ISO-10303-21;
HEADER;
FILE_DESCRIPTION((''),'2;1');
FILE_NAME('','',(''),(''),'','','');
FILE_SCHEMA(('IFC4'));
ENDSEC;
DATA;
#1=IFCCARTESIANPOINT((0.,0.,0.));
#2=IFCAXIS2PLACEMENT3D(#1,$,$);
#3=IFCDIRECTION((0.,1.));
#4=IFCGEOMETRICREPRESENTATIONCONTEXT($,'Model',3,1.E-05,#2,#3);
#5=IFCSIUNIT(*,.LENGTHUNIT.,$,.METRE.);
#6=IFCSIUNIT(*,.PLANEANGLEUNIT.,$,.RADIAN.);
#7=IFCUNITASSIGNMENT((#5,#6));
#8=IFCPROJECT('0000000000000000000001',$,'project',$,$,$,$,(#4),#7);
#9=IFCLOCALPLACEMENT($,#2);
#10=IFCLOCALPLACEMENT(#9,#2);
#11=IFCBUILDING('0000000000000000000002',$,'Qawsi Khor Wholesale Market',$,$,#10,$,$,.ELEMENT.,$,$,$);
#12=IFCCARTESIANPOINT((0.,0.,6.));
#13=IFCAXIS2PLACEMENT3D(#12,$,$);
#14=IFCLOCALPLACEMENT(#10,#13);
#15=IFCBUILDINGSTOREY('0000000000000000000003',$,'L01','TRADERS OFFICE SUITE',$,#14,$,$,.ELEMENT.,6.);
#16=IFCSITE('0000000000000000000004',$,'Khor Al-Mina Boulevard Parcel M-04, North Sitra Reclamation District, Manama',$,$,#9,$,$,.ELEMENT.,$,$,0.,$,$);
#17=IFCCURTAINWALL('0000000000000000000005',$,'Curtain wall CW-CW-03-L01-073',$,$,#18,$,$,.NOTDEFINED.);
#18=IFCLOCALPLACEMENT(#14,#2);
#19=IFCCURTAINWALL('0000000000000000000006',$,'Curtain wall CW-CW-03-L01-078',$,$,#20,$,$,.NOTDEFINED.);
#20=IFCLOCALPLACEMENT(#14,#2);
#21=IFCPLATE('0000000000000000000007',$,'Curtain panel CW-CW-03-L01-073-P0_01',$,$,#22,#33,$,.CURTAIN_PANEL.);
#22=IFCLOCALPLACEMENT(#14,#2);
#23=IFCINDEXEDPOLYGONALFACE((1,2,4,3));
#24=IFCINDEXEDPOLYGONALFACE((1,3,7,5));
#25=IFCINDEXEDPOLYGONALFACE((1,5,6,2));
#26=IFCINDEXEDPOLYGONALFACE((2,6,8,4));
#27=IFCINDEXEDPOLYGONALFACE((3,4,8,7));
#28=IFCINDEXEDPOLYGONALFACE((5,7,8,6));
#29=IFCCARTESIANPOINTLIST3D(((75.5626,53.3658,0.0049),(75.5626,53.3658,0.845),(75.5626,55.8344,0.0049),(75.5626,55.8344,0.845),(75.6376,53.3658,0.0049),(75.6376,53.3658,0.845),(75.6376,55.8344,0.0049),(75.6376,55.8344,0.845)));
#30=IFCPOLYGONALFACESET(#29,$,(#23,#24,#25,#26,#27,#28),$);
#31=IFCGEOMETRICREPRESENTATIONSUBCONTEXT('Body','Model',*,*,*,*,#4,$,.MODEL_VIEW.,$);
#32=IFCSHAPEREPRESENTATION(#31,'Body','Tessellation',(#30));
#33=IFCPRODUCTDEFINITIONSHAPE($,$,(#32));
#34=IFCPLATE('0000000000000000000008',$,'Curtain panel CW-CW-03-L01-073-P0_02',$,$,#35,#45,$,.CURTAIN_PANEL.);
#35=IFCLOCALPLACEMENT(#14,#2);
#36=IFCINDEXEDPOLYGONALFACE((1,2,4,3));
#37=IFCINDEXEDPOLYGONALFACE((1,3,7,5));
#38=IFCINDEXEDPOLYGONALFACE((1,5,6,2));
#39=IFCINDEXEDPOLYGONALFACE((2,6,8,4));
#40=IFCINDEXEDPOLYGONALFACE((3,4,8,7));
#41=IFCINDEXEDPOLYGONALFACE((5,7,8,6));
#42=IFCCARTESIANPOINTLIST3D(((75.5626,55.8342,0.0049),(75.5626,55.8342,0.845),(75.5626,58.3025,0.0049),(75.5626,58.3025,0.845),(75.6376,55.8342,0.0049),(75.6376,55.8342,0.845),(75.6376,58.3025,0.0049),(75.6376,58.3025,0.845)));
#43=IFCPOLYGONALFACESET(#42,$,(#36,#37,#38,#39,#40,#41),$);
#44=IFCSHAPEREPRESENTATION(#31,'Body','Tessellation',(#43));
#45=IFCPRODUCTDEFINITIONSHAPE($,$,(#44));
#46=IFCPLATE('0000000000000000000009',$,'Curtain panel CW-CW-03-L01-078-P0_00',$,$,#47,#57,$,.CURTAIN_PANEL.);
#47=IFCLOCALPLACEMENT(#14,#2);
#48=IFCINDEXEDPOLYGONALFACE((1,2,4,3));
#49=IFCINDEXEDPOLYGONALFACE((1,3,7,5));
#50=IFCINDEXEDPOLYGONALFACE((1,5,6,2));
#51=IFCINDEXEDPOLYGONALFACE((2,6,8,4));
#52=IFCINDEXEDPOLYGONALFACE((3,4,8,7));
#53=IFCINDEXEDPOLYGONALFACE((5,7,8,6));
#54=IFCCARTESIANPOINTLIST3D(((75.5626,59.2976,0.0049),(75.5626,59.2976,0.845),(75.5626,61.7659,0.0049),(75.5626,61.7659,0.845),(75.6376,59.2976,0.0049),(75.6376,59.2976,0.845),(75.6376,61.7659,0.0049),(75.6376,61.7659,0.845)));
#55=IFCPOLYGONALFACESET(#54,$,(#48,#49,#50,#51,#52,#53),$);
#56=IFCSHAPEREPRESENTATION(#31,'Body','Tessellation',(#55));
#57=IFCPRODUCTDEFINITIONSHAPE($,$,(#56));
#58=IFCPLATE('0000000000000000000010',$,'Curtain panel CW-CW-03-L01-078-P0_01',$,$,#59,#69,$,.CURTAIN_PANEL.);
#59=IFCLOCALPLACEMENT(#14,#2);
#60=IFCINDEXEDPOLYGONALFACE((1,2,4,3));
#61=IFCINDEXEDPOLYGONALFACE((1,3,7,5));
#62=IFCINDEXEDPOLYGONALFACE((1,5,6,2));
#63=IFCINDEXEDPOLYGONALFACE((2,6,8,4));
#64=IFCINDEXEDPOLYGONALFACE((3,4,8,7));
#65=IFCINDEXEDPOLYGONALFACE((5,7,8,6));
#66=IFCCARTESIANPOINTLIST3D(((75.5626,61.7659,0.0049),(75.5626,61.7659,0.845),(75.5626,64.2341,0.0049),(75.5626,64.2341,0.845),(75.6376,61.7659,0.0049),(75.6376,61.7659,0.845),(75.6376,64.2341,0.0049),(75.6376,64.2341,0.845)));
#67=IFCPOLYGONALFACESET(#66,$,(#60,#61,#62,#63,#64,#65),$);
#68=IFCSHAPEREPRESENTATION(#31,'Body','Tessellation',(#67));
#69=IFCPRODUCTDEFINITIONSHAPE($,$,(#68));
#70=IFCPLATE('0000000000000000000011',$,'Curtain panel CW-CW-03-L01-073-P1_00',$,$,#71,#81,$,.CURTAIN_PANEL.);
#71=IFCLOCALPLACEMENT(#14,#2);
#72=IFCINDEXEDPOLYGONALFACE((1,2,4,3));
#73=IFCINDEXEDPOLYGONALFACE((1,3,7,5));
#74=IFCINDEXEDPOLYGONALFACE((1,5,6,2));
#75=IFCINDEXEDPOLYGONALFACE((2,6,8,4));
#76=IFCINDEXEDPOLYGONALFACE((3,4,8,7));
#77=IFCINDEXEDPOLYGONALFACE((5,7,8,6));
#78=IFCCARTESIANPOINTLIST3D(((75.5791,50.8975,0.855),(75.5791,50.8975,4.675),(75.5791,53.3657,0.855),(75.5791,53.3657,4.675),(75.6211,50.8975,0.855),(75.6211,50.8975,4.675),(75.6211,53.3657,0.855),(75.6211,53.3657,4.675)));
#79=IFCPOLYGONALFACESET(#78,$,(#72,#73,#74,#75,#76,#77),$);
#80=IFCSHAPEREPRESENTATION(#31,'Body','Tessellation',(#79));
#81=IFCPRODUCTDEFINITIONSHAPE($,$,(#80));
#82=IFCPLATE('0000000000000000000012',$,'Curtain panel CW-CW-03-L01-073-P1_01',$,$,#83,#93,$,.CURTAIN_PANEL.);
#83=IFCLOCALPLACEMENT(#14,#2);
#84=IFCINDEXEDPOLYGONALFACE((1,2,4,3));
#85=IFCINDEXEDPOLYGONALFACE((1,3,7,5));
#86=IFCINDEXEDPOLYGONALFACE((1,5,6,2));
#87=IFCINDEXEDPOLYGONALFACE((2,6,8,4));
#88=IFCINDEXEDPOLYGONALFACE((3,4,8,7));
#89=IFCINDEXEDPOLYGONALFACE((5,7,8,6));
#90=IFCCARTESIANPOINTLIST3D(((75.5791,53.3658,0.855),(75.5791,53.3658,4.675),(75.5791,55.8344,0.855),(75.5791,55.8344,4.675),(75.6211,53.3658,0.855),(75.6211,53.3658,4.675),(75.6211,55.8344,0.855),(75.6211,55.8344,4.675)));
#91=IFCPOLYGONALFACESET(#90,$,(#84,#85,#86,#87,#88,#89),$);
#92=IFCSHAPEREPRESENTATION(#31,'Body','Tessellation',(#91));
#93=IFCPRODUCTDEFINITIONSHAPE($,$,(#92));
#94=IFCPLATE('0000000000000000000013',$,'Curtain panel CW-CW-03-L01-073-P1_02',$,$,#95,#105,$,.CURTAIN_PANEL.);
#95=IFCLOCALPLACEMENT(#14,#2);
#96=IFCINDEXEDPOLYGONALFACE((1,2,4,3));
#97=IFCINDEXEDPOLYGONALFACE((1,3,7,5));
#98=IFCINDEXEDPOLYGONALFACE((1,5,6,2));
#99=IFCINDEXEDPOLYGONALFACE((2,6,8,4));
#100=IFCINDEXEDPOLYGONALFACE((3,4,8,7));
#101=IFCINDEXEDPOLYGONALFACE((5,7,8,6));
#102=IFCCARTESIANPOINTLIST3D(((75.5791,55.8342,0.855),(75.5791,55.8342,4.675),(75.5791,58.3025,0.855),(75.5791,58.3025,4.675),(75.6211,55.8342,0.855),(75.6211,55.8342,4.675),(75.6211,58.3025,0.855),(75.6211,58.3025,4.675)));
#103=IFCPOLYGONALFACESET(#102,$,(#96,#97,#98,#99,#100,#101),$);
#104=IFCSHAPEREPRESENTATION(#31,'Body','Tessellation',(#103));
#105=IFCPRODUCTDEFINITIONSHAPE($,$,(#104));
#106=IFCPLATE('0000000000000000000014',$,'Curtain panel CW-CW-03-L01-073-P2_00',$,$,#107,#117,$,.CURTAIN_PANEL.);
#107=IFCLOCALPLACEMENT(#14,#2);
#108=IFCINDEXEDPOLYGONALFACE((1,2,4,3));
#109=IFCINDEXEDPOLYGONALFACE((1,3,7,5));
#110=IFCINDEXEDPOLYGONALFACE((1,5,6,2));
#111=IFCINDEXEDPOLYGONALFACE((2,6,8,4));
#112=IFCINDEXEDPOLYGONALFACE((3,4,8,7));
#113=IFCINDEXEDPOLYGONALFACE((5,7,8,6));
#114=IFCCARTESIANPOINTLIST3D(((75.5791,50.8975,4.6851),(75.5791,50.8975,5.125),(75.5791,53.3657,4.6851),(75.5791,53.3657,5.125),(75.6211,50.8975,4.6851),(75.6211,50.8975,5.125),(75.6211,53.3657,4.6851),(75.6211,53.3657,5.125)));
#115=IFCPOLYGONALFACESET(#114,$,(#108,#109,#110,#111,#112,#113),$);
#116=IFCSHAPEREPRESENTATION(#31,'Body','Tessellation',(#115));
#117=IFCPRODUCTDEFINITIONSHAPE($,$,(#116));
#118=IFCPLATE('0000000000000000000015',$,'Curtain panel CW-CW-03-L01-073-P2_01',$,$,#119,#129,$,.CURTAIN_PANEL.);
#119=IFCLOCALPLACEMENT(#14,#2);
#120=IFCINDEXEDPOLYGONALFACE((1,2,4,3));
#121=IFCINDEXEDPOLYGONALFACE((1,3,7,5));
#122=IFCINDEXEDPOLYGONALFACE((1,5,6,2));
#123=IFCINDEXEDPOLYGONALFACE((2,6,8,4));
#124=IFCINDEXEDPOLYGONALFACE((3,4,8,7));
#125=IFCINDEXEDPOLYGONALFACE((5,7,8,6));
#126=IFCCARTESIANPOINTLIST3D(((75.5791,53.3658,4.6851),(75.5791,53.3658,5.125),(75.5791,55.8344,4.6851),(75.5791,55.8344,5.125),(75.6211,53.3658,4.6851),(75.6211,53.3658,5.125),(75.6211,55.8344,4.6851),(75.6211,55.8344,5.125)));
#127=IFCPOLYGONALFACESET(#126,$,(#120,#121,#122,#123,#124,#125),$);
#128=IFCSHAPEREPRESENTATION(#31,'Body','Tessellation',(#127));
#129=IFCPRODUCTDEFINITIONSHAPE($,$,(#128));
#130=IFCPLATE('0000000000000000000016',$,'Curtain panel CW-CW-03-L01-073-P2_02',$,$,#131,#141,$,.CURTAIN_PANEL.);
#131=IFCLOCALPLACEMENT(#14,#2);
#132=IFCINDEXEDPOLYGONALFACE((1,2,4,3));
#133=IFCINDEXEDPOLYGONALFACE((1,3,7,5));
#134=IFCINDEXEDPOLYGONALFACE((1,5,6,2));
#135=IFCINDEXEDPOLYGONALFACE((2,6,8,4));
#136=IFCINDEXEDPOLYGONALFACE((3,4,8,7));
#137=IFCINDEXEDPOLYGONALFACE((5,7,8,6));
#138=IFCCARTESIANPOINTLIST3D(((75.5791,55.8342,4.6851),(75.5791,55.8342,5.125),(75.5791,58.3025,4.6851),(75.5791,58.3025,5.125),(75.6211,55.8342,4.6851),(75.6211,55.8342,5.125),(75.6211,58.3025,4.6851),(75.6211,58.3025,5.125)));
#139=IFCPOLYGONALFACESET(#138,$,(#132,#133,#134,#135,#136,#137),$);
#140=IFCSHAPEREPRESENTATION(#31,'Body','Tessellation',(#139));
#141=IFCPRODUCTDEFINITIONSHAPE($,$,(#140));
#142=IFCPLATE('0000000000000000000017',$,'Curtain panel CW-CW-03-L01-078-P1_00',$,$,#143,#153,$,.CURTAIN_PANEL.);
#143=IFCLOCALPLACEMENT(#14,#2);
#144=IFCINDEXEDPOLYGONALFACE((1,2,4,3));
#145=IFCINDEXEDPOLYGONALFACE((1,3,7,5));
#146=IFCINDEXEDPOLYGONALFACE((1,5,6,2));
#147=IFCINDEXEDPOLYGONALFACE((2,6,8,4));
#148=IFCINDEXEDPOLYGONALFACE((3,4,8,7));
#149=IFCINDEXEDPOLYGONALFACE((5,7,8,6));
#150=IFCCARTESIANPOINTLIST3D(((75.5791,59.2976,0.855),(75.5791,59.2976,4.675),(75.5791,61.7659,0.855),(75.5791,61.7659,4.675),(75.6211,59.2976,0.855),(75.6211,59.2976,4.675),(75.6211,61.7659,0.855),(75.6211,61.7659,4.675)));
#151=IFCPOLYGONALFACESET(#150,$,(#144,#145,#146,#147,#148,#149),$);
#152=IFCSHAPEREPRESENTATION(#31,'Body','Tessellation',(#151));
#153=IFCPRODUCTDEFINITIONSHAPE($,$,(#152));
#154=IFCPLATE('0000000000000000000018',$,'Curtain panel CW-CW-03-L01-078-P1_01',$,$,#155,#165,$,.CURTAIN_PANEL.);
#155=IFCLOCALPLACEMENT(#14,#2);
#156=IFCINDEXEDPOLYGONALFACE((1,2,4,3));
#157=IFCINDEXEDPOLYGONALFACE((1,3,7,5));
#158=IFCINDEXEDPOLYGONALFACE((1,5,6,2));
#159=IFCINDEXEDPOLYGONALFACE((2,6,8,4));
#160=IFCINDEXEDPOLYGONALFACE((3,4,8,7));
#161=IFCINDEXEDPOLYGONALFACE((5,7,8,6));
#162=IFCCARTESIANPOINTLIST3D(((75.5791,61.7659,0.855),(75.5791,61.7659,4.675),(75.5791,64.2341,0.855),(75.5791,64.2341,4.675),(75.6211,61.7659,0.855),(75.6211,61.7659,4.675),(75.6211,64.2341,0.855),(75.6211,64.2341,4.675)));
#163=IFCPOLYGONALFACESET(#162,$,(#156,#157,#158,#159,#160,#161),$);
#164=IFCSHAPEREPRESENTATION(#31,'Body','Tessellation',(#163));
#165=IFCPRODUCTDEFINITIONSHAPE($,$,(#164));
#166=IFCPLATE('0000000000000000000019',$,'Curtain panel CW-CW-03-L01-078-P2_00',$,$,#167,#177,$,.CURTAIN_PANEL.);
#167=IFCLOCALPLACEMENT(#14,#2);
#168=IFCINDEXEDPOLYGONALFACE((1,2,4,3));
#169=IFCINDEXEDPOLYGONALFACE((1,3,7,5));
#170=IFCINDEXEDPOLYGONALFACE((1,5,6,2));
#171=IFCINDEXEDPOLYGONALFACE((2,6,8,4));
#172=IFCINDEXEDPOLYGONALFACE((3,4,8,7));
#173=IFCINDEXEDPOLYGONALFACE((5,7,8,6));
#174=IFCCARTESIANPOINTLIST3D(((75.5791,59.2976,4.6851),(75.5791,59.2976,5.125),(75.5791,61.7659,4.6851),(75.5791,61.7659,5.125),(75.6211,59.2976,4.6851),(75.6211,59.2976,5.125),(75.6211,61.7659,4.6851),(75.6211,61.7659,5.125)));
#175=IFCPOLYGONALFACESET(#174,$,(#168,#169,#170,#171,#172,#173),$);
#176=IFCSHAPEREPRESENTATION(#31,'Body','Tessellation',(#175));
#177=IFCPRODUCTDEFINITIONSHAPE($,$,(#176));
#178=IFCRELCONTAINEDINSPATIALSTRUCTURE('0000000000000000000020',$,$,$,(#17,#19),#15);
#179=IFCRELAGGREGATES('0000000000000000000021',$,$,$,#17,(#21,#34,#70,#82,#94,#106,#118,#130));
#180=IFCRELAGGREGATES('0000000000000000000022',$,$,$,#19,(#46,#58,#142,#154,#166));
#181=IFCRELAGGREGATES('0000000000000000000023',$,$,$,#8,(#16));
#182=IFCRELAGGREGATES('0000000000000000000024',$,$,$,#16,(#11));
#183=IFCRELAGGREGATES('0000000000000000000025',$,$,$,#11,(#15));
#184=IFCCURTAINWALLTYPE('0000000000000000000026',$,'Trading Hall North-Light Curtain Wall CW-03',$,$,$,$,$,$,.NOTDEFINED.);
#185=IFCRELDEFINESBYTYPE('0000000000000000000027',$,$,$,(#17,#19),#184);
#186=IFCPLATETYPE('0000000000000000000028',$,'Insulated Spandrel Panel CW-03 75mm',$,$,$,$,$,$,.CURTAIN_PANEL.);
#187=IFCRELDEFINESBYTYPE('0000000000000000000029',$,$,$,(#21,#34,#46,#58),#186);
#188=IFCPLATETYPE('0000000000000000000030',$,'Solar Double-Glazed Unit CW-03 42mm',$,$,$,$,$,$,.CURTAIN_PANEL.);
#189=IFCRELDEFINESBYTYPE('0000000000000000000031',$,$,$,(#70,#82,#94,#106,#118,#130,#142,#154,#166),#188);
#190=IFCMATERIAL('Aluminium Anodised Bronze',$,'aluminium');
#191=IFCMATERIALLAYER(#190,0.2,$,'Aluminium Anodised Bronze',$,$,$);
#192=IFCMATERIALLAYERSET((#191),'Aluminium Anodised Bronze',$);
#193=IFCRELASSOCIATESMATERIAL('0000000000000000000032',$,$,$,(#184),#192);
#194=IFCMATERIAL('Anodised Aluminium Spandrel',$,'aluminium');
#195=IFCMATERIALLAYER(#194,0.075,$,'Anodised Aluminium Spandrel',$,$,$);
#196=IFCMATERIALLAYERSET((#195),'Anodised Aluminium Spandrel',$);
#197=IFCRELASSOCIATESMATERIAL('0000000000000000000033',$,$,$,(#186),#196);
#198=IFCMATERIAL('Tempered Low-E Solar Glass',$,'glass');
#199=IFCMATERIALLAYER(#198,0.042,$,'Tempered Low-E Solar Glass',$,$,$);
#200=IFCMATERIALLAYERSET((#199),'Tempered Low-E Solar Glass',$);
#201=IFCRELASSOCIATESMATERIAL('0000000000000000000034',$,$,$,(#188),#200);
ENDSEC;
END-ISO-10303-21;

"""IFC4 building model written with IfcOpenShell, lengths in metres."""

from ifc_helpers import new_model, si_unit, direction, frame, frame_2d, origin, place, context, subcontext, project, spatial, rectangle, extrude, material, layer, layer_set, type_object, element, aggregate, save


model = new_model("IFC4")

# Units and contexts
model_context = context("Model", 3, precision=1e-05, world=origin(), true_north=direction((0.0, 1.0)))
body_context = subcontext(model_context, "Body", "Model", "MODEL_VIEW")
ifc_project = project(units=[si_unit("LENGTHUNIT", "METRE"), si_unit("PLANEANGLEUNIT", "RADIAN")], contexts=[model_context])

# Site, building, storey
site_placement = place(None, origin())
site = spatial("IfcSite", under=ifc_project, at=site_placement, Name="Khor Al-Mina Boulevard Parcel M-04, North Sitra Reclamation District, Manama", CompositionType="ELEMENT", RefElevation=0.0)
building_placement = place(site_placement, origin())
building = spatial("IfcBuilding", under=site, at=building_placement, Name="Qawsi Khor Wholesale Market", CompositionType="ELEMENT")
storey_placement = place(building_placement, frame((0.0, 0.0, 6.0)))
storey = spatial("IfcBuildingStorey", under=building, at=storey_placement, Name="L01", Description="TRADERS OFFICE SUITE", CompositionType="ELEMENT", Elevation=6.0)

# Curtain walls
ifc_material_1 = material(Name="Aluminium Anodised Bronze", Category="aluminium")
ifc_layer_1 = layer(ifc_material_1, 0.2, Name="Aluminium Anodised Bronze")
ifc_layer_set_1 = layer_set([ifc_layer_1], Name="Aluminium Anodised Bronze")
curtain_wall_type = type_object("IfcCurtainWallType", Name="Trading Hall North-Light Curtain Wall CW-03", PredefinedType="NOTDEFINED", material=ifc_layer_set_1)
curtain_wall_1_placement = place(storey_placement, origin())
curtain_wall_1 = element("IfcCurtainWall", 1, at=curtain_wall_1_placement, inside=storey, type_object=curtain_wall_type, Name="Curtain wall CW-CW-03-L01-073", PredefinedType="NOTDEFINED")
curtain_wall_2_placement = place(storey_placement, origin())
curtain_wall_2 = element("IfcCurtainWall", 2, at=curtain_wall_2_placement, inside=storey, type_object=curtain_wall_type, Name="Curtain wall CW-CW-03-L01-078", PredefinedType="NOTDEFINED")

# Plates
ifc_material_2 = material(Name="Anodised Aluminium Spandrel", Category="aluminium")
ifc_layer_2 = layer(ifc_material_2, 0.075, Name="Anodised Aluminium Spandrel")
ifc_layer_set_2 = layer_set([ifc_layer_2], Name="Anodised Aluminium Spandrel")
plate_type_1 = type_object("IfcPlateType", Name="Insulated Spandrel Panel CW-03 75mm", PredefinedType="CURTAIN_PANEL", material=ifc_layer_set_2)
plate_1_placement = place(storey_placement, frame((75.6001, 53.3657, 0.0049), z_axis=(0.0, 0.0, 1.0), x_axis=(0.0, 1.0, 0.0)))
plate_1 = element("IfcPlate", 3, at=plate_1_placement, type_object=plate_type_1, Name="Curtain panel CW-CW-03-L01-073-P0_01", PredefinedType="CURTAIN_PANEL", context=body_context, shape_type="SweptSolid", body=[
    extrude(rectangle(XDim=2.4685, YDim=0.075, at=frame_2d((1.2344, 0.0))), origin(), (0.0, 0.0, 1.0), 0.8401),
])
plate_2_placement = place(storey_placement, frame((75.6001, 55.8342, 0.0049), z_axis=(0.0, 0.0, 1.0), x_axis=(0.0, 1.0, 0.0)))
plate_2 = element("IfcPlate", 4, at=plate_2_placement, type_object=plate_type_1, Name="Curtain panel CW-CW-03-L01-073-P0_02", PredefinedType="CURTAIN_PANEL", context=body_context, shape_type="SweptSolid", body=[
    extrude(rectangle(XDim=2.4683, YDim=0.075, at=frame_2d((1.2341, 0.0))), origin(), (0.0, 0.0, 1.0), 0.8401),
])
plate_3_placement = place(storey_placement, frame((75.6001, 59.2976, 0.0049), z_axis=(0.0, 0.0, 1.0), x_axis=(0.0, 1.0, 0.0)))
plate_3 = element("IfcPlate", 5, at=plate_3_placement, type_object=plate_type_1, Name="Curtain panel CW-CW-03-L01-078-P0_00", PredefinedType="CURTAIN_PANEL", context=body_context, shape_type="SweptSolid", body=[
    extrude(rectangle(XDim=2.4683, YDim=0.075, at=frame_2d((1.2341, 0.0))), origin(), (0.0, 0.0, 1.0), 0.8401),
])
plate_4_placement = place(storey_placement, frame((75.6001, 61.7659, 0.0049), z_axis=(0.0, 0.0, 1.0), x_axis=(0.0, 1.0, 0.0)))
plate_4 = element("IfcPlate", 6, at=plate_4_placement, type_object=plate_type_1, Name="Curtain panel CW-CW-03-L01-078-P0_01", PredefinedType="CURTAIN_PANEL", context=body_context, shape_type="SweptSolid", body=[
    extrude(rectangle(XDim=2.4683, YDim=0.075, at=frame_2d((1.2341, 0.0))), origin(), (0.0, 0.0, 1.0), 0.8401),
])
ifc_material_3 = material(Name="Tempered Low-E Solar Glass", Category="glass")
ifc_layer_3 = layer(ifc_material_3, 0.042, Name="Tempered Low-E Solar Glass")
ifc_layer_set_3 = layer_set([ifc_layer_3], Name="Tempered Low-E Solar Glass")
plate_type_2 = type_object("IfcPlateType", Name="Solar Double-Glazed Unit CW-03 42mm", PredefinedType="CURTAIN_PANEL", material=ifc_layer_set_3)
plate_5_placement = place(storey_placement, frame((75.6001, 50.8975, 0.855), z_axis=(0.0, 0.0, 1.0), x_axis=(0.0, 1.0, 0.0)))
plate_5 = element("IfcPlate", 7, at=plate_5_placement, type_object=plate_type_2, Name="Curtain panel CW-CW-03-L01-073-P1_00", PredefinedType="CURTAIN_PANEL", context=body_context, shape_type="SweptSolid", body=[
    extrude(rectangle(XDim=2.4683, YDim=0.042, at=frame_2d((1.2341, 0.0))), origin(), (0.0, 0.0, 1.0), 3.8201),
])
plate_6_placement = place(storey_placement, frame((75.6001, 53.3657, 0.855), z_axis=(0.0, 0.0, 1.0), x_axis=(0.0, 1.0, 0.0)))
plate_6 = element("IfcPlate", 8, at=plate_6_placement, type_object=plate_type_2, Name="Curtain panel CW-CW-03-L01-073-P1_01", PredefinedType="CURTAIN_PANEL", context=body_context, shape_type="SweptSolid", body=[
    extrude(rectangle(XDim=2.4685, YDim=0.042, at=frame_2d((1.2344, 0.0))), origin(), (0.0, 0.0, 1.0), 3.8201),
])
plate_7_placement = place(storey_placement, frame((75.6001, 55.8342, 0.855), z_axis=(0.0, 0.0, 1.0), x_axis=(0.0, 1.0, 0.0)))
plate_7 = element("IfcPlate", 9, at=plate_7_placement, type_object=plate_type_2, Name="Curtain panel CW-CW-03-L01-073-P1_02", PredefinedType="CURTAIN_PANEL", context=body_context, shape_type="SweptSolid", body=[
    extrude(rectangle(XDim=2.4683, YDim=0.042, at=frame_2d((1.2341, 0.0))), origin(), (0.0, 0.0, 1.0), 3.8201),
])
plate_8_placement = place(storey_placement, frame((75.6001, 50.8975, 4.6851), z_axis=(0.0, 0.0, 1.0), x_axis=(0.0, 1.0, 0.0)))
plate_8 = element("IfcPlate", 10, at=plate_8_placement, type_object=plate_type_2, Name="Curtain panel CW-CW-03-L01-073-P2_00", PredefinedType="CURTAIN_PANEL", context=body_context, shape_type="SweptSolid", body=[
    extrude(rectangle(XDim=2.4683, YDim=0.042, at=frame_2d((1.2341, 0.0))), origin(), (0.0, 0.0, 1.0), 0.4399),
])
plate_9_placement = place(storey_placement, frame((75.6001, 53.3657, 4.6851), z_axis=(0.0, 0.0, 1.0), x_axis=(0.0, 1.0, 0.0)))
plate_9 = element("IfcPlate", 11, at=plate_9_placement, type_object=plate_type_2, Name="Curtain panel CW-CW-03-L01-073-P2_01", PredefinedType="CURTAIN_PANEL", context=body_context, shape_type="SweptSolid", body=[
    extrude(rectangle(XDim=2.4685, YDim=0.042, at=frame_2d((1.2344, 0.0))), origin(), (0.0, 0.0, 1.0), 0.4399),
])
plate_10_placement = place(storey_placement, frame((75.6001, 55.8342, 4.6851), z_axis=(0.0, 0.0, 1.0), x_axis=(0.0, 1.0, 0.0)))
plate_10 = element("IfcPlate", 12, at=plate_10_placement, type_object=plate_type_2, Name="Curtain panel CW-CW-03-L01-073-P2_02", PredefinedType="CURTAIN_PANEL", context=body_context, shape_type="SweptSolid", body=[
    extrude(rectangle(XDim=2.4683, YDim=0.042, at=frame_2d((1.2341, 0.0))), origin(), (0.0, 0.0, 1.0), 0.4399),
])
aggregate(curtain_wall_1, [plate_1, plate_2, plate_5, plate_6, plate_7, plate_8, plate_9, plate_10])
plate_11_placement = place(storey_placement, frame((75.6001, 59.2976, 0.855), z_axis=(0.0, 0.0, 1.0), x_axis=(0.0, 1.0, 0.0)))
plate_11 = element("IfcPlate", 13, at=plate_11_placement, type_object=plate_type_2, Name="Curtain panel CW-CW-03-L01-078-P1_00", PredefinedType="CURTAIN_PANEL", context=body_context, shape_type="SweptSolid", body=[
    extrude(rectangle(XDim=2.4683, YDim=0.042, at=frame_2d((1.2341, 0.0))), origin(), (0.0, 0.0, 1.0), 3.8201),
])
plate_12_placement = place(storey_placement, frame((75.6001, 61.7659, 0.855), z_axis=(0.0, 0.0, 1.0), x_axis=(0.0, 1.0, 0.0)))
plate_12 = element("IfcPlate", 14, at=plate_12_placement, type_object=plate_type_2, Name="Curtain panel CW-CW-03-L01-078-P1_01", PredefinedType="CURTAIN_PANEL", context=body_context, shape_type="SweptSolid", body=[
    extrude(rectangle(XDim=2.4683, YDim=0.042, at=frame_2d((1.2341, 0.0))), origin(), (0.0, 0.0, 1.0), 3.8201),
])
plate_13_placement = place(storey_placement, frame((75.6001, 59.2976, 4.6851), z_axis=(0.0, 0.0, 1.0), x_axis=(0.0, 1.0, 0.0)))
plate_13 = element("IfcPlate", 15, at=plate_13_placement, type_object=plate_type_2, Name="Curtain panel CW-CW-03-L01-078-P2_00", PredefinedType="CURTAIN_PANEL", context=body_context, shape_type="SweptSolid", body=[
    extrude(rectangle(XDim=2.4683, YDim=0.042, at=frame_2d((1.2341, 0.0))), origin(), (0.0, 0.0, 1.0), 0.4399),
])
aggregate(curtain_wall_2, [plate_3, plate_4, plate_11, plate_12, plate_13])

save(model, "model.ifc")
